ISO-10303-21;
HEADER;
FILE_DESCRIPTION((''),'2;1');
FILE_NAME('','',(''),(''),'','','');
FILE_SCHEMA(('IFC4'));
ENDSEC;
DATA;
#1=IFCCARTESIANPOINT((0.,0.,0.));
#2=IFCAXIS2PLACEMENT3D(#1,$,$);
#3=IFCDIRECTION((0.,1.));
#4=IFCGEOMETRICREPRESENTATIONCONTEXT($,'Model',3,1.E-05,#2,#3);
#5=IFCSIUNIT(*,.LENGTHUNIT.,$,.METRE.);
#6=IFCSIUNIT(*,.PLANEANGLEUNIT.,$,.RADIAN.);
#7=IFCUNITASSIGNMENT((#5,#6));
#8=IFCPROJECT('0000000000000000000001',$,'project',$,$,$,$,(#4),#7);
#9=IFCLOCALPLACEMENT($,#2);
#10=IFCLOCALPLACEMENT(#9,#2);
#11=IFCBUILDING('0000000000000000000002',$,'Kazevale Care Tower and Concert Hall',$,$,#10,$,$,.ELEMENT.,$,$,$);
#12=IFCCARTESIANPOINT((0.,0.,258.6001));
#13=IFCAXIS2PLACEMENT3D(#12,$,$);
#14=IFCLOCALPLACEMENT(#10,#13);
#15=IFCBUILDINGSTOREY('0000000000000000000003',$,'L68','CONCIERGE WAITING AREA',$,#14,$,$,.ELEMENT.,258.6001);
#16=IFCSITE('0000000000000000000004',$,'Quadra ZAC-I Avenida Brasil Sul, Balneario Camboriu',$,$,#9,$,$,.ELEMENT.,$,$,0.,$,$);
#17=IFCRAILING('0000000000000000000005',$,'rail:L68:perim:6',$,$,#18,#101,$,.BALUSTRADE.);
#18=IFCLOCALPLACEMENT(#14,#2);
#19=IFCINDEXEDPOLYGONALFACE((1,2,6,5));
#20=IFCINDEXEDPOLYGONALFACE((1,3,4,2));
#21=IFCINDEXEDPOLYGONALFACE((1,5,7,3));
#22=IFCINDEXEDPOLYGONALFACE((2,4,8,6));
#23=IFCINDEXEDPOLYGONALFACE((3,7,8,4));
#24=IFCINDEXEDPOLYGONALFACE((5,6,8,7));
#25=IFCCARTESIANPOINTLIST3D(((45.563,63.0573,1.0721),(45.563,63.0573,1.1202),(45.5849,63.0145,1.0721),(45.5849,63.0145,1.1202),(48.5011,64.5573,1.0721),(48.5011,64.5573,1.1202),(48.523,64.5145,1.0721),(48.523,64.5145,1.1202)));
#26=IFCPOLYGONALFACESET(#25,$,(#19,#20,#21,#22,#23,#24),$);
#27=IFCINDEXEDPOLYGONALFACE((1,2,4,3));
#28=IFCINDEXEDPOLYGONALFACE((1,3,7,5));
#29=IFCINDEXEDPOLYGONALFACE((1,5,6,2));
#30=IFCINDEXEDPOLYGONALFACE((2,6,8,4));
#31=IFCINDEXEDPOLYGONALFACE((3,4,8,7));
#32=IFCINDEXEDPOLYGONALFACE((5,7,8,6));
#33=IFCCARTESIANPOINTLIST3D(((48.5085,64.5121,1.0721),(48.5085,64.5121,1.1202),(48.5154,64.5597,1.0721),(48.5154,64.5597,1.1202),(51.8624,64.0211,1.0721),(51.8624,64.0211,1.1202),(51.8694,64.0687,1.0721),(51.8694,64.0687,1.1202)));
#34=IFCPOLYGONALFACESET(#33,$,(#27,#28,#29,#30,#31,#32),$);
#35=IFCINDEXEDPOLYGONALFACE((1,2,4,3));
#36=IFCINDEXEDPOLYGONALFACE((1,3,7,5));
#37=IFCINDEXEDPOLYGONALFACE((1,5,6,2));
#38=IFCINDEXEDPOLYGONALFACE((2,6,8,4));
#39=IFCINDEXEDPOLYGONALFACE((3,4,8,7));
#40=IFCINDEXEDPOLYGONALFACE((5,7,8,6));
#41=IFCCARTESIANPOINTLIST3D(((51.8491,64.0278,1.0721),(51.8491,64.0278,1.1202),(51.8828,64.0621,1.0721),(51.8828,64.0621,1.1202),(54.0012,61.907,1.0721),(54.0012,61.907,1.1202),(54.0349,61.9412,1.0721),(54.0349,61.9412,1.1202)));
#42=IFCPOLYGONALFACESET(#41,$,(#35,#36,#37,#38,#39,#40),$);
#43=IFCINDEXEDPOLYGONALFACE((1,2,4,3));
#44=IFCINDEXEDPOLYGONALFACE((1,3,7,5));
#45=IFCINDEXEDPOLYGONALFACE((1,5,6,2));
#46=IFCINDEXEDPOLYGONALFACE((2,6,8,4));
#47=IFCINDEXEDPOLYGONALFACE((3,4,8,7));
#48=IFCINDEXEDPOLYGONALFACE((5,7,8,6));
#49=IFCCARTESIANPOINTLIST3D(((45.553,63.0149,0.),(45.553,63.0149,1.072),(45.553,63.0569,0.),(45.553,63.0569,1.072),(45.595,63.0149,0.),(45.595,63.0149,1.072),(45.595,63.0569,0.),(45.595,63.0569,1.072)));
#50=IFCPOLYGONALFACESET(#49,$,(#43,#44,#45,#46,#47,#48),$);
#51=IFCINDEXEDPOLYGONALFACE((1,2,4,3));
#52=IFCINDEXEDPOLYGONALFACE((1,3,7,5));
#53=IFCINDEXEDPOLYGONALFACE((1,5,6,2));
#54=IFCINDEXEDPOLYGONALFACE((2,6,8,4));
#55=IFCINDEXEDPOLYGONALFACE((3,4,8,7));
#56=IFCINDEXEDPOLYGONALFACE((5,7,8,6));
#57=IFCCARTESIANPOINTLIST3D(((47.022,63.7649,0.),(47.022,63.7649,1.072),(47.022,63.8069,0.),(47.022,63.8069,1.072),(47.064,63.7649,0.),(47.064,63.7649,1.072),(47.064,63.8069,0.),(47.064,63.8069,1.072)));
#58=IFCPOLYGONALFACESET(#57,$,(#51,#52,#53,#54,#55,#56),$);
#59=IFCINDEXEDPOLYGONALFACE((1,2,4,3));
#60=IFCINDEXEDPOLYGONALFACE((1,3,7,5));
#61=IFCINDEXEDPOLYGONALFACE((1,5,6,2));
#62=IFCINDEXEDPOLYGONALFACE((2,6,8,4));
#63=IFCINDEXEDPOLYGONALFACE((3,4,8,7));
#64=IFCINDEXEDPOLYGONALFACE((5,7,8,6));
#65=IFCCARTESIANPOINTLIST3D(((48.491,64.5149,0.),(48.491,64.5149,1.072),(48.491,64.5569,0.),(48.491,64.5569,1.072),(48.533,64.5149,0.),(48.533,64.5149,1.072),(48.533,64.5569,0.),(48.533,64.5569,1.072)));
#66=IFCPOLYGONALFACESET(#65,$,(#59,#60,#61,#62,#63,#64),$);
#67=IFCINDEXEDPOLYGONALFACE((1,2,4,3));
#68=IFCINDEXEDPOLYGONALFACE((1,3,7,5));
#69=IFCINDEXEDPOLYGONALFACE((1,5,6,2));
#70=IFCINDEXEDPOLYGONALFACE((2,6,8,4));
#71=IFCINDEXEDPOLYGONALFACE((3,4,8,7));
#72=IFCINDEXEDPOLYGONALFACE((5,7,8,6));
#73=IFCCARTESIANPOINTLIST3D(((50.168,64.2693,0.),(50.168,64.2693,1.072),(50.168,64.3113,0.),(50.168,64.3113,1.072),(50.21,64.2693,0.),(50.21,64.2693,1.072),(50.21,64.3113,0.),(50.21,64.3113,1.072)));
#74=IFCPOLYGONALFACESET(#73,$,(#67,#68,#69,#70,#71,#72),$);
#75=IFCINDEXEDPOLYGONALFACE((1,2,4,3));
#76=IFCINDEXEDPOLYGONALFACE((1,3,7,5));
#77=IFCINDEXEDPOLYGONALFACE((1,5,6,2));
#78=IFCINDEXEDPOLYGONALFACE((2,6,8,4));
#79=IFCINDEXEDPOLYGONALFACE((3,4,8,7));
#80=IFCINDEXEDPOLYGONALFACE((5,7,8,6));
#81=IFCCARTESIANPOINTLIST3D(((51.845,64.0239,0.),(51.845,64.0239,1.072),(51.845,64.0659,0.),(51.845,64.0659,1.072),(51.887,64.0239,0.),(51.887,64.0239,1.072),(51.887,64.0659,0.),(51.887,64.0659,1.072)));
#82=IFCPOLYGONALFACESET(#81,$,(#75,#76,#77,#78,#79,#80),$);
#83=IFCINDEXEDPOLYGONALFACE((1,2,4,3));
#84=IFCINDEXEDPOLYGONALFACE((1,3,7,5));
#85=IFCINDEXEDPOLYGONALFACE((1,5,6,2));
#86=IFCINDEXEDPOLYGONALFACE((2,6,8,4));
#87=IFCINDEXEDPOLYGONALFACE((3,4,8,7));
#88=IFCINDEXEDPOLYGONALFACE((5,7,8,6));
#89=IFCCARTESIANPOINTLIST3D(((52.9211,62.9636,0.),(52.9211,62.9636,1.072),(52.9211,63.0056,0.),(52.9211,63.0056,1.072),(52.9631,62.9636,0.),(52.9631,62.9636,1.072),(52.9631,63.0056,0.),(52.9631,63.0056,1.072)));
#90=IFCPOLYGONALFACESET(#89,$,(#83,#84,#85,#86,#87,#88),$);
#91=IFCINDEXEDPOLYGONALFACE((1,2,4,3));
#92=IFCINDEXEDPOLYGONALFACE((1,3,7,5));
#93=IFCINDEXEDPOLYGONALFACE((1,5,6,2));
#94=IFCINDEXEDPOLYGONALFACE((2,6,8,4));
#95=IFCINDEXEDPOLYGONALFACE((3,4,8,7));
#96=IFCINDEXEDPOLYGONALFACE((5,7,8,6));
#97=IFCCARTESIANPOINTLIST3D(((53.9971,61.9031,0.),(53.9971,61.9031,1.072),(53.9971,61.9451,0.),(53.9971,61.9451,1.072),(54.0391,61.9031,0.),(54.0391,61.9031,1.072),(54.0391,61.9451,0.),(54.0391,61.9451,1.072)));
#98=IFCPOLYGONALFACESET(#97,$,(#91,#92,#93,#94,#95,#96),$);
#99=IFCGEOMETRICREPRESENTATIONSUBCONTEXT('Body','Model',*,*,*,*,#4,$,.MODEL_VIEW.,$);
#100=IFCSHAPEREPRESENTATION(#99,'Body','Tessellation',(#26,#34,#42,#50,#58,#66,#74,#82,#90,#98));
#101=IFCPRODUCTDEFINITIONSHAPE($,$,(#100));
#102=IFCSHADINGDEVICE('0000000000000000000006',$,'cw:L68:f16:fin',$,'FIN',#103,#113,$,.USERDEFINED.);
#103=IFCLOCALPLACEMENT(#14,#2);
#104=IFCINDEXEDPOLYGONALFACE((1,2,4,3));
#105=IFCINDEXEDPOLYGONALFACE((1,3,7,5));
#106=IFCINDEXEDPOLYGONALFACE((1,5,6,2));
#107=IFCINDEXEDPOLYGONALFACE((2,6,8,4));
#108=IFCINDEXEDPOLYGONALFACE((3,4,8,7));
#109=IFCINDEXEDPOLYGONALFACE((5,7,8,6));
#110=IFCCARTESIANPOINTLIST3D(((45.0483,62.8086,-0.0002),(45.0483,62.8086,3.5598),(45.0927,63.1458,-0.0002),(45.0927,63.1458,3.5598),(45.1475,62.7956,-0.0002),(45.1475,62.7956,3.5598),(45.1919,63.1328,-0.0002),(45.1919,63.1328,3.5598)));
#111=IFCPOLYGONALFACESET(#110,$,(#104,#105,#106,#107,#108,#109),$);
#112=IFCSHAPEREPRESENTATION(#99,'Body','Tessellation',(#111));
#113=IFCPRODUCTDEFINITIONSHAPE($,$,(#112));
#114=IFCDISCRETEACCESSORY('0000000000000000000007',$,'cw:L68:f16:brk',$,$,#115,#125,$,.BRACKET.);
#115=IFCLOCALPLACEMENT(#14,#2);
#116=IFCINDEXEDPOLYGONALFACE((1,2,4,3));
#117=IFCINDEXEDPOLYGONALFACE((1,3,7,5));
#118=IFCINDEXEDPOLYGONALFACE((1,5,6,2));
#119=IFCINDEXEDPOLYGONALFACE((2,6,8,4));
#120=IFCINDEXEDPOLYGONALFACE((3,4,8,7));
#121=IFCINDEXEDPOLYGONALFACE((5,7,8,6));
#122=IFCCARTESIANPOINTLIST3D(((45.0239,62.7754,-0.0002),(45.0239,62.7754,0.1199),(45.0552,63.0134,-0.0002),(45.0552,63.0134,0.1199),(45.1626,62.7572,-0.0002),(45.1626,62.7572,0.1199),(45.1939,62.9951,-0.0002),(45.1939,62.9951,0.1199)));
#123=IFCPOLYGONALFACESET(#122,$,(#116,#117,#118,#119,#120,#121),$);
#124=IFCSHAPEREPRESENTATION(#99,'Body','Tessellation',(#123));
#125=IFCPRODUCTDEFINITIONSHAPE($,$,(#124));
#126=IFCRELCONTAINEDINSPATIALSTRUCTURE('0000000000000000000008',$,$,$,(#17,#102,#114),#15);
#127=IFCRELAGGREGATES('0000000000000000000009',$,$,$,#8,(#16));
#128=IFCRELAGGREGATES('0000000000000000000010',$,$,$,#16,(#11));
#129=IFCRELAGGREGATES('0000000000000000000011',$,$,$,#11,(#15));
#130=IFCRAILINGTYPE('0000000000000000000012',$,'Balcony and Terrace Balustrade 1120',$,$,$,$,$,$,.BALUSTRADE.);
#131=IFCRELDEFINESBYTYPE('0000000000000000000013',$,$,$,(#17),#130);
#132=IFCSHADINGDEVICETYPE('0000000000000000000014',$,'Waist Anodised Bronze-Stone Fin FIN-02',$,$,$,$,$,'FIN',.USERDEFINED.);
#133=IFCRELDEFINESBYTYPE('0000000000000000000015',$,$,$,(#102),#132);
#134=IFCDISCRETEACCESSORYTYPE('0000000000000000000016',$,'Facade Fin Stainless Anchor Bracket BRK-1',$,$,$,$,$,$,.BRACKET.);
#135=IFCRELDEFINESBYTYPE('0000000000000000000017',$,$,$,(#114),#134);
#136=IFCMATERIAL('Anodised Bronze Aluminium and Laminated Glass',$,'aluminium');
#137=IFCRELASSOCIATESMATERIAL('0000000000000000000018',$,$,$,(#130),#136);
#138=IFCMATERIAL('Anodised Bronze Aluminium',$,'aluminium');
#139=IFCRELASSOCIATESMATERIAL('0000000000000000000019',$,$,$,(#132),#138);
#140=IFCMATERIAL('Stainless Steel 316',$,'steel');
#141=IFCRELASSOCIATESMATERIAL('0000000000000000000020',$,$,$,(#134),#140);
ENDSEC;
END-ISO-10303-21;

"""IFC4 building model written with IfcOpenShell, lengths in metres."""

from ifc_helpers import new_model, si_unit, direction, frame, origin, origin_2d, place, context, subcontext, project, spatial, rectangle, extrude, material, type_object, element, save


model = new_model("IFC4")

# Units and contexts
model_context = context("Model", 3, precision=1e-05, world=origin(), true_north=direction((0.0, 1.0)))
body_context = subcontext(model_context, "Body", "Model", "MODEL_VIEW")
ifc_project = project(units=[si_unit("LENGTHUNIT", "METRE"), si_unit("PLANEANGLEUNIT", "RADIAN")], contexts=[model_context])

# Site, building, storey
site_placement = place(None, origin())
site = spatial("IfcSite", under=ifc_project, at=site_placement, Name="Quadra ZAC-I Avenida Brasil Sul, Balneario Camboriu", CompositionType="ELEMENT", RefElevation=0.0)
building_placement = place(site_placement, origin())
building = spatial("IfcBuilding", under=site, at=building_placement, Name="Kazevale Care Tower and Concert Hall", CompositionType="ELEMENT")
storey_placement = place(building_placement, frame((0.0, 0.0, 258.6001)))
storey = spatial("IfcBuildingStorey", under=building, at=storey_placement, Name="L68", Description="CONCIERGE WAITING AREA", CompositionType="ELEMENT", Elevation=258.6001)

# Railing
ifc_material_1 = material(Name="Anodised Bronze Aluminium and Laminated Glass", Category="aluminium")
railing_type = type_object("IfcRailingType", Name="Balcony and Terrace Balustrade 1120", PredefinedType="BALUSTRADE", material=ifc_material_1)
railing_placement = place(storey_placement, frame((45.574, 63.0359, 0.0)))
element("IfcRailing", 1, at=railing_placement, inside=storey, type_object=railing_type, Name="rail:L68:perim:6", PredefinedType="BALUSTRADE", context=body_context, shape_type="SweptSolid", body=[
    extrude(rectangle(XDim=0.0481, YDim=0.0481, at=origin_2d()), frame((0.0, 0.0, 1.0962), z_axis=(0.890636, 0.454717, 0.0), x_axis=(-0.454717, 0.890636, 0.0)), (0.0, 0.0, 1.0), 3.2988),
    extrude(rectangle(XDim=0.0481, YDim=0.0481, at=origin_2d()), frame((2.938, 1.5, 1.0962), z_axis=(0.989455, -0.144839, 0.0), x_axis=(0.144839, 0.989455, 0.0)), (0.0, 0.0, 1.0), 3.3896),
    extrude(rectangle(XDim=0.0481, YDim=0.0481, at=origin_2d()), frame((6.292, 1.009, 1.0962), z_axis=(0.712259, -0.701917, 0.0), x_axis=(0.701917, 0.712259, 0.0)), (0.0, 0.0, 1.0), 3.0215),
    extrude(rectangle(XDim=0.042, YDim=0.042, at=origin_2d()), origin(), (0.0, 0.0, 1.0), 1.072),
    extrude(rectangle(XDim=0.042, YDim=0.042, at=origin_2d()), frame((1.469, 0.75, 0.0)), (0.0, 0.0, 1.0), 1.072),
    extrude(rectangle(XDim=0.042, YDim=0.042, at=origin_2d()), frame((2.938, 1.5, 0.0)), (0.0, 0.0, 1.0), 1.072),
    extrude(rectangle(XDim=0.042, YDim=0.042, at=origin_2d()), frame((4.615, 1.2544, 0.0)), (0.0, 0.0, 1.0), 1.072),
    extrude(rectangle(XDim=0.042, YDim=0.042, at=origin_2d()), frame((6.292, 1.009, 0.0)), (0.0, 0.0, 1.0), 1.072),
    extrude(rectangle(XDim=0.042, YDim=0.042, at=origin_2d()), frame((7.3682, -0.0513, 0.0)), (0.0, 0.0, 1.0), 1.072),
    extrude(rectangle(XDim=0.042, YDim=0.042, at=origin_2d()), frame((8.4441, -1.1118, 0.0)), (0.0, 0.0, 1.0), 1.072),
])

# Shading device
ifc_material_2 = material(Name="Anodised Bronze Aluminium", Category="aluminium")
shading_device_type = type_object("IfcShadingDeviceType", Name="Waist Anodised Bronze-Stone Fin FIN-02", ElementType="FIN", PredefinedType="USERDEFINED", material=ifc_material_2)
shading_device_placement = place(storey_placement, frame((45.1201, 62.9707, -0.0002), z_axis=(0.0, 0.0, 1.0), x_axis=(0.130526, 0.991445, 0.0)))
element("IfcShadingDevice", 2, at=shading_device_placement, inside=storey, type_object=shading_device_type, Name="cw:L68:f16:fin", ObjectType="FIN", PredefinedType="USERDEFINED", context=body_context, shape_type="SweptSolid", body=[
    extrude(rectangle(XDim=0.3401, YDim=0.1001, at=origin_2d()), origin(), (0.0, 0.0, 1.0), 3.5601),
])

# Discrete accessory
ifc_material_3 = material(Name="Stainless Steel 316", Category="steel")
discrete_accessory_type = type_object("IfcDiscreteAccessoryType", Name="Facade Fin Stainless Anchor Bracket BRK-1", PredefinedType="BRACKET", material=ifc_material_3)
discrete_accessory_placement = place(storey_placement, frame((45.1089, 62.8853, -0.0002), z_axis=(0.0, 0.0, 1.0), x_axis=(0.130526, 0.991445, 0.0)))
element("IfcDiscreteAccessory", 3, at=discrete_accessory_placement, inside=storey, type_object=discrete_accessory_type, Name="cw:L68:f16:brk", PredefinedType="BRACKET", context=body_context, shape_type="SweptSolid", body=[
    extrude(rectangle(XDim=0.24, YDim=0.1399, at=origin_2d()), origin(), (0.0, 0.0, 1.0), 0.1201),
])

save(model, "model.ifc")
